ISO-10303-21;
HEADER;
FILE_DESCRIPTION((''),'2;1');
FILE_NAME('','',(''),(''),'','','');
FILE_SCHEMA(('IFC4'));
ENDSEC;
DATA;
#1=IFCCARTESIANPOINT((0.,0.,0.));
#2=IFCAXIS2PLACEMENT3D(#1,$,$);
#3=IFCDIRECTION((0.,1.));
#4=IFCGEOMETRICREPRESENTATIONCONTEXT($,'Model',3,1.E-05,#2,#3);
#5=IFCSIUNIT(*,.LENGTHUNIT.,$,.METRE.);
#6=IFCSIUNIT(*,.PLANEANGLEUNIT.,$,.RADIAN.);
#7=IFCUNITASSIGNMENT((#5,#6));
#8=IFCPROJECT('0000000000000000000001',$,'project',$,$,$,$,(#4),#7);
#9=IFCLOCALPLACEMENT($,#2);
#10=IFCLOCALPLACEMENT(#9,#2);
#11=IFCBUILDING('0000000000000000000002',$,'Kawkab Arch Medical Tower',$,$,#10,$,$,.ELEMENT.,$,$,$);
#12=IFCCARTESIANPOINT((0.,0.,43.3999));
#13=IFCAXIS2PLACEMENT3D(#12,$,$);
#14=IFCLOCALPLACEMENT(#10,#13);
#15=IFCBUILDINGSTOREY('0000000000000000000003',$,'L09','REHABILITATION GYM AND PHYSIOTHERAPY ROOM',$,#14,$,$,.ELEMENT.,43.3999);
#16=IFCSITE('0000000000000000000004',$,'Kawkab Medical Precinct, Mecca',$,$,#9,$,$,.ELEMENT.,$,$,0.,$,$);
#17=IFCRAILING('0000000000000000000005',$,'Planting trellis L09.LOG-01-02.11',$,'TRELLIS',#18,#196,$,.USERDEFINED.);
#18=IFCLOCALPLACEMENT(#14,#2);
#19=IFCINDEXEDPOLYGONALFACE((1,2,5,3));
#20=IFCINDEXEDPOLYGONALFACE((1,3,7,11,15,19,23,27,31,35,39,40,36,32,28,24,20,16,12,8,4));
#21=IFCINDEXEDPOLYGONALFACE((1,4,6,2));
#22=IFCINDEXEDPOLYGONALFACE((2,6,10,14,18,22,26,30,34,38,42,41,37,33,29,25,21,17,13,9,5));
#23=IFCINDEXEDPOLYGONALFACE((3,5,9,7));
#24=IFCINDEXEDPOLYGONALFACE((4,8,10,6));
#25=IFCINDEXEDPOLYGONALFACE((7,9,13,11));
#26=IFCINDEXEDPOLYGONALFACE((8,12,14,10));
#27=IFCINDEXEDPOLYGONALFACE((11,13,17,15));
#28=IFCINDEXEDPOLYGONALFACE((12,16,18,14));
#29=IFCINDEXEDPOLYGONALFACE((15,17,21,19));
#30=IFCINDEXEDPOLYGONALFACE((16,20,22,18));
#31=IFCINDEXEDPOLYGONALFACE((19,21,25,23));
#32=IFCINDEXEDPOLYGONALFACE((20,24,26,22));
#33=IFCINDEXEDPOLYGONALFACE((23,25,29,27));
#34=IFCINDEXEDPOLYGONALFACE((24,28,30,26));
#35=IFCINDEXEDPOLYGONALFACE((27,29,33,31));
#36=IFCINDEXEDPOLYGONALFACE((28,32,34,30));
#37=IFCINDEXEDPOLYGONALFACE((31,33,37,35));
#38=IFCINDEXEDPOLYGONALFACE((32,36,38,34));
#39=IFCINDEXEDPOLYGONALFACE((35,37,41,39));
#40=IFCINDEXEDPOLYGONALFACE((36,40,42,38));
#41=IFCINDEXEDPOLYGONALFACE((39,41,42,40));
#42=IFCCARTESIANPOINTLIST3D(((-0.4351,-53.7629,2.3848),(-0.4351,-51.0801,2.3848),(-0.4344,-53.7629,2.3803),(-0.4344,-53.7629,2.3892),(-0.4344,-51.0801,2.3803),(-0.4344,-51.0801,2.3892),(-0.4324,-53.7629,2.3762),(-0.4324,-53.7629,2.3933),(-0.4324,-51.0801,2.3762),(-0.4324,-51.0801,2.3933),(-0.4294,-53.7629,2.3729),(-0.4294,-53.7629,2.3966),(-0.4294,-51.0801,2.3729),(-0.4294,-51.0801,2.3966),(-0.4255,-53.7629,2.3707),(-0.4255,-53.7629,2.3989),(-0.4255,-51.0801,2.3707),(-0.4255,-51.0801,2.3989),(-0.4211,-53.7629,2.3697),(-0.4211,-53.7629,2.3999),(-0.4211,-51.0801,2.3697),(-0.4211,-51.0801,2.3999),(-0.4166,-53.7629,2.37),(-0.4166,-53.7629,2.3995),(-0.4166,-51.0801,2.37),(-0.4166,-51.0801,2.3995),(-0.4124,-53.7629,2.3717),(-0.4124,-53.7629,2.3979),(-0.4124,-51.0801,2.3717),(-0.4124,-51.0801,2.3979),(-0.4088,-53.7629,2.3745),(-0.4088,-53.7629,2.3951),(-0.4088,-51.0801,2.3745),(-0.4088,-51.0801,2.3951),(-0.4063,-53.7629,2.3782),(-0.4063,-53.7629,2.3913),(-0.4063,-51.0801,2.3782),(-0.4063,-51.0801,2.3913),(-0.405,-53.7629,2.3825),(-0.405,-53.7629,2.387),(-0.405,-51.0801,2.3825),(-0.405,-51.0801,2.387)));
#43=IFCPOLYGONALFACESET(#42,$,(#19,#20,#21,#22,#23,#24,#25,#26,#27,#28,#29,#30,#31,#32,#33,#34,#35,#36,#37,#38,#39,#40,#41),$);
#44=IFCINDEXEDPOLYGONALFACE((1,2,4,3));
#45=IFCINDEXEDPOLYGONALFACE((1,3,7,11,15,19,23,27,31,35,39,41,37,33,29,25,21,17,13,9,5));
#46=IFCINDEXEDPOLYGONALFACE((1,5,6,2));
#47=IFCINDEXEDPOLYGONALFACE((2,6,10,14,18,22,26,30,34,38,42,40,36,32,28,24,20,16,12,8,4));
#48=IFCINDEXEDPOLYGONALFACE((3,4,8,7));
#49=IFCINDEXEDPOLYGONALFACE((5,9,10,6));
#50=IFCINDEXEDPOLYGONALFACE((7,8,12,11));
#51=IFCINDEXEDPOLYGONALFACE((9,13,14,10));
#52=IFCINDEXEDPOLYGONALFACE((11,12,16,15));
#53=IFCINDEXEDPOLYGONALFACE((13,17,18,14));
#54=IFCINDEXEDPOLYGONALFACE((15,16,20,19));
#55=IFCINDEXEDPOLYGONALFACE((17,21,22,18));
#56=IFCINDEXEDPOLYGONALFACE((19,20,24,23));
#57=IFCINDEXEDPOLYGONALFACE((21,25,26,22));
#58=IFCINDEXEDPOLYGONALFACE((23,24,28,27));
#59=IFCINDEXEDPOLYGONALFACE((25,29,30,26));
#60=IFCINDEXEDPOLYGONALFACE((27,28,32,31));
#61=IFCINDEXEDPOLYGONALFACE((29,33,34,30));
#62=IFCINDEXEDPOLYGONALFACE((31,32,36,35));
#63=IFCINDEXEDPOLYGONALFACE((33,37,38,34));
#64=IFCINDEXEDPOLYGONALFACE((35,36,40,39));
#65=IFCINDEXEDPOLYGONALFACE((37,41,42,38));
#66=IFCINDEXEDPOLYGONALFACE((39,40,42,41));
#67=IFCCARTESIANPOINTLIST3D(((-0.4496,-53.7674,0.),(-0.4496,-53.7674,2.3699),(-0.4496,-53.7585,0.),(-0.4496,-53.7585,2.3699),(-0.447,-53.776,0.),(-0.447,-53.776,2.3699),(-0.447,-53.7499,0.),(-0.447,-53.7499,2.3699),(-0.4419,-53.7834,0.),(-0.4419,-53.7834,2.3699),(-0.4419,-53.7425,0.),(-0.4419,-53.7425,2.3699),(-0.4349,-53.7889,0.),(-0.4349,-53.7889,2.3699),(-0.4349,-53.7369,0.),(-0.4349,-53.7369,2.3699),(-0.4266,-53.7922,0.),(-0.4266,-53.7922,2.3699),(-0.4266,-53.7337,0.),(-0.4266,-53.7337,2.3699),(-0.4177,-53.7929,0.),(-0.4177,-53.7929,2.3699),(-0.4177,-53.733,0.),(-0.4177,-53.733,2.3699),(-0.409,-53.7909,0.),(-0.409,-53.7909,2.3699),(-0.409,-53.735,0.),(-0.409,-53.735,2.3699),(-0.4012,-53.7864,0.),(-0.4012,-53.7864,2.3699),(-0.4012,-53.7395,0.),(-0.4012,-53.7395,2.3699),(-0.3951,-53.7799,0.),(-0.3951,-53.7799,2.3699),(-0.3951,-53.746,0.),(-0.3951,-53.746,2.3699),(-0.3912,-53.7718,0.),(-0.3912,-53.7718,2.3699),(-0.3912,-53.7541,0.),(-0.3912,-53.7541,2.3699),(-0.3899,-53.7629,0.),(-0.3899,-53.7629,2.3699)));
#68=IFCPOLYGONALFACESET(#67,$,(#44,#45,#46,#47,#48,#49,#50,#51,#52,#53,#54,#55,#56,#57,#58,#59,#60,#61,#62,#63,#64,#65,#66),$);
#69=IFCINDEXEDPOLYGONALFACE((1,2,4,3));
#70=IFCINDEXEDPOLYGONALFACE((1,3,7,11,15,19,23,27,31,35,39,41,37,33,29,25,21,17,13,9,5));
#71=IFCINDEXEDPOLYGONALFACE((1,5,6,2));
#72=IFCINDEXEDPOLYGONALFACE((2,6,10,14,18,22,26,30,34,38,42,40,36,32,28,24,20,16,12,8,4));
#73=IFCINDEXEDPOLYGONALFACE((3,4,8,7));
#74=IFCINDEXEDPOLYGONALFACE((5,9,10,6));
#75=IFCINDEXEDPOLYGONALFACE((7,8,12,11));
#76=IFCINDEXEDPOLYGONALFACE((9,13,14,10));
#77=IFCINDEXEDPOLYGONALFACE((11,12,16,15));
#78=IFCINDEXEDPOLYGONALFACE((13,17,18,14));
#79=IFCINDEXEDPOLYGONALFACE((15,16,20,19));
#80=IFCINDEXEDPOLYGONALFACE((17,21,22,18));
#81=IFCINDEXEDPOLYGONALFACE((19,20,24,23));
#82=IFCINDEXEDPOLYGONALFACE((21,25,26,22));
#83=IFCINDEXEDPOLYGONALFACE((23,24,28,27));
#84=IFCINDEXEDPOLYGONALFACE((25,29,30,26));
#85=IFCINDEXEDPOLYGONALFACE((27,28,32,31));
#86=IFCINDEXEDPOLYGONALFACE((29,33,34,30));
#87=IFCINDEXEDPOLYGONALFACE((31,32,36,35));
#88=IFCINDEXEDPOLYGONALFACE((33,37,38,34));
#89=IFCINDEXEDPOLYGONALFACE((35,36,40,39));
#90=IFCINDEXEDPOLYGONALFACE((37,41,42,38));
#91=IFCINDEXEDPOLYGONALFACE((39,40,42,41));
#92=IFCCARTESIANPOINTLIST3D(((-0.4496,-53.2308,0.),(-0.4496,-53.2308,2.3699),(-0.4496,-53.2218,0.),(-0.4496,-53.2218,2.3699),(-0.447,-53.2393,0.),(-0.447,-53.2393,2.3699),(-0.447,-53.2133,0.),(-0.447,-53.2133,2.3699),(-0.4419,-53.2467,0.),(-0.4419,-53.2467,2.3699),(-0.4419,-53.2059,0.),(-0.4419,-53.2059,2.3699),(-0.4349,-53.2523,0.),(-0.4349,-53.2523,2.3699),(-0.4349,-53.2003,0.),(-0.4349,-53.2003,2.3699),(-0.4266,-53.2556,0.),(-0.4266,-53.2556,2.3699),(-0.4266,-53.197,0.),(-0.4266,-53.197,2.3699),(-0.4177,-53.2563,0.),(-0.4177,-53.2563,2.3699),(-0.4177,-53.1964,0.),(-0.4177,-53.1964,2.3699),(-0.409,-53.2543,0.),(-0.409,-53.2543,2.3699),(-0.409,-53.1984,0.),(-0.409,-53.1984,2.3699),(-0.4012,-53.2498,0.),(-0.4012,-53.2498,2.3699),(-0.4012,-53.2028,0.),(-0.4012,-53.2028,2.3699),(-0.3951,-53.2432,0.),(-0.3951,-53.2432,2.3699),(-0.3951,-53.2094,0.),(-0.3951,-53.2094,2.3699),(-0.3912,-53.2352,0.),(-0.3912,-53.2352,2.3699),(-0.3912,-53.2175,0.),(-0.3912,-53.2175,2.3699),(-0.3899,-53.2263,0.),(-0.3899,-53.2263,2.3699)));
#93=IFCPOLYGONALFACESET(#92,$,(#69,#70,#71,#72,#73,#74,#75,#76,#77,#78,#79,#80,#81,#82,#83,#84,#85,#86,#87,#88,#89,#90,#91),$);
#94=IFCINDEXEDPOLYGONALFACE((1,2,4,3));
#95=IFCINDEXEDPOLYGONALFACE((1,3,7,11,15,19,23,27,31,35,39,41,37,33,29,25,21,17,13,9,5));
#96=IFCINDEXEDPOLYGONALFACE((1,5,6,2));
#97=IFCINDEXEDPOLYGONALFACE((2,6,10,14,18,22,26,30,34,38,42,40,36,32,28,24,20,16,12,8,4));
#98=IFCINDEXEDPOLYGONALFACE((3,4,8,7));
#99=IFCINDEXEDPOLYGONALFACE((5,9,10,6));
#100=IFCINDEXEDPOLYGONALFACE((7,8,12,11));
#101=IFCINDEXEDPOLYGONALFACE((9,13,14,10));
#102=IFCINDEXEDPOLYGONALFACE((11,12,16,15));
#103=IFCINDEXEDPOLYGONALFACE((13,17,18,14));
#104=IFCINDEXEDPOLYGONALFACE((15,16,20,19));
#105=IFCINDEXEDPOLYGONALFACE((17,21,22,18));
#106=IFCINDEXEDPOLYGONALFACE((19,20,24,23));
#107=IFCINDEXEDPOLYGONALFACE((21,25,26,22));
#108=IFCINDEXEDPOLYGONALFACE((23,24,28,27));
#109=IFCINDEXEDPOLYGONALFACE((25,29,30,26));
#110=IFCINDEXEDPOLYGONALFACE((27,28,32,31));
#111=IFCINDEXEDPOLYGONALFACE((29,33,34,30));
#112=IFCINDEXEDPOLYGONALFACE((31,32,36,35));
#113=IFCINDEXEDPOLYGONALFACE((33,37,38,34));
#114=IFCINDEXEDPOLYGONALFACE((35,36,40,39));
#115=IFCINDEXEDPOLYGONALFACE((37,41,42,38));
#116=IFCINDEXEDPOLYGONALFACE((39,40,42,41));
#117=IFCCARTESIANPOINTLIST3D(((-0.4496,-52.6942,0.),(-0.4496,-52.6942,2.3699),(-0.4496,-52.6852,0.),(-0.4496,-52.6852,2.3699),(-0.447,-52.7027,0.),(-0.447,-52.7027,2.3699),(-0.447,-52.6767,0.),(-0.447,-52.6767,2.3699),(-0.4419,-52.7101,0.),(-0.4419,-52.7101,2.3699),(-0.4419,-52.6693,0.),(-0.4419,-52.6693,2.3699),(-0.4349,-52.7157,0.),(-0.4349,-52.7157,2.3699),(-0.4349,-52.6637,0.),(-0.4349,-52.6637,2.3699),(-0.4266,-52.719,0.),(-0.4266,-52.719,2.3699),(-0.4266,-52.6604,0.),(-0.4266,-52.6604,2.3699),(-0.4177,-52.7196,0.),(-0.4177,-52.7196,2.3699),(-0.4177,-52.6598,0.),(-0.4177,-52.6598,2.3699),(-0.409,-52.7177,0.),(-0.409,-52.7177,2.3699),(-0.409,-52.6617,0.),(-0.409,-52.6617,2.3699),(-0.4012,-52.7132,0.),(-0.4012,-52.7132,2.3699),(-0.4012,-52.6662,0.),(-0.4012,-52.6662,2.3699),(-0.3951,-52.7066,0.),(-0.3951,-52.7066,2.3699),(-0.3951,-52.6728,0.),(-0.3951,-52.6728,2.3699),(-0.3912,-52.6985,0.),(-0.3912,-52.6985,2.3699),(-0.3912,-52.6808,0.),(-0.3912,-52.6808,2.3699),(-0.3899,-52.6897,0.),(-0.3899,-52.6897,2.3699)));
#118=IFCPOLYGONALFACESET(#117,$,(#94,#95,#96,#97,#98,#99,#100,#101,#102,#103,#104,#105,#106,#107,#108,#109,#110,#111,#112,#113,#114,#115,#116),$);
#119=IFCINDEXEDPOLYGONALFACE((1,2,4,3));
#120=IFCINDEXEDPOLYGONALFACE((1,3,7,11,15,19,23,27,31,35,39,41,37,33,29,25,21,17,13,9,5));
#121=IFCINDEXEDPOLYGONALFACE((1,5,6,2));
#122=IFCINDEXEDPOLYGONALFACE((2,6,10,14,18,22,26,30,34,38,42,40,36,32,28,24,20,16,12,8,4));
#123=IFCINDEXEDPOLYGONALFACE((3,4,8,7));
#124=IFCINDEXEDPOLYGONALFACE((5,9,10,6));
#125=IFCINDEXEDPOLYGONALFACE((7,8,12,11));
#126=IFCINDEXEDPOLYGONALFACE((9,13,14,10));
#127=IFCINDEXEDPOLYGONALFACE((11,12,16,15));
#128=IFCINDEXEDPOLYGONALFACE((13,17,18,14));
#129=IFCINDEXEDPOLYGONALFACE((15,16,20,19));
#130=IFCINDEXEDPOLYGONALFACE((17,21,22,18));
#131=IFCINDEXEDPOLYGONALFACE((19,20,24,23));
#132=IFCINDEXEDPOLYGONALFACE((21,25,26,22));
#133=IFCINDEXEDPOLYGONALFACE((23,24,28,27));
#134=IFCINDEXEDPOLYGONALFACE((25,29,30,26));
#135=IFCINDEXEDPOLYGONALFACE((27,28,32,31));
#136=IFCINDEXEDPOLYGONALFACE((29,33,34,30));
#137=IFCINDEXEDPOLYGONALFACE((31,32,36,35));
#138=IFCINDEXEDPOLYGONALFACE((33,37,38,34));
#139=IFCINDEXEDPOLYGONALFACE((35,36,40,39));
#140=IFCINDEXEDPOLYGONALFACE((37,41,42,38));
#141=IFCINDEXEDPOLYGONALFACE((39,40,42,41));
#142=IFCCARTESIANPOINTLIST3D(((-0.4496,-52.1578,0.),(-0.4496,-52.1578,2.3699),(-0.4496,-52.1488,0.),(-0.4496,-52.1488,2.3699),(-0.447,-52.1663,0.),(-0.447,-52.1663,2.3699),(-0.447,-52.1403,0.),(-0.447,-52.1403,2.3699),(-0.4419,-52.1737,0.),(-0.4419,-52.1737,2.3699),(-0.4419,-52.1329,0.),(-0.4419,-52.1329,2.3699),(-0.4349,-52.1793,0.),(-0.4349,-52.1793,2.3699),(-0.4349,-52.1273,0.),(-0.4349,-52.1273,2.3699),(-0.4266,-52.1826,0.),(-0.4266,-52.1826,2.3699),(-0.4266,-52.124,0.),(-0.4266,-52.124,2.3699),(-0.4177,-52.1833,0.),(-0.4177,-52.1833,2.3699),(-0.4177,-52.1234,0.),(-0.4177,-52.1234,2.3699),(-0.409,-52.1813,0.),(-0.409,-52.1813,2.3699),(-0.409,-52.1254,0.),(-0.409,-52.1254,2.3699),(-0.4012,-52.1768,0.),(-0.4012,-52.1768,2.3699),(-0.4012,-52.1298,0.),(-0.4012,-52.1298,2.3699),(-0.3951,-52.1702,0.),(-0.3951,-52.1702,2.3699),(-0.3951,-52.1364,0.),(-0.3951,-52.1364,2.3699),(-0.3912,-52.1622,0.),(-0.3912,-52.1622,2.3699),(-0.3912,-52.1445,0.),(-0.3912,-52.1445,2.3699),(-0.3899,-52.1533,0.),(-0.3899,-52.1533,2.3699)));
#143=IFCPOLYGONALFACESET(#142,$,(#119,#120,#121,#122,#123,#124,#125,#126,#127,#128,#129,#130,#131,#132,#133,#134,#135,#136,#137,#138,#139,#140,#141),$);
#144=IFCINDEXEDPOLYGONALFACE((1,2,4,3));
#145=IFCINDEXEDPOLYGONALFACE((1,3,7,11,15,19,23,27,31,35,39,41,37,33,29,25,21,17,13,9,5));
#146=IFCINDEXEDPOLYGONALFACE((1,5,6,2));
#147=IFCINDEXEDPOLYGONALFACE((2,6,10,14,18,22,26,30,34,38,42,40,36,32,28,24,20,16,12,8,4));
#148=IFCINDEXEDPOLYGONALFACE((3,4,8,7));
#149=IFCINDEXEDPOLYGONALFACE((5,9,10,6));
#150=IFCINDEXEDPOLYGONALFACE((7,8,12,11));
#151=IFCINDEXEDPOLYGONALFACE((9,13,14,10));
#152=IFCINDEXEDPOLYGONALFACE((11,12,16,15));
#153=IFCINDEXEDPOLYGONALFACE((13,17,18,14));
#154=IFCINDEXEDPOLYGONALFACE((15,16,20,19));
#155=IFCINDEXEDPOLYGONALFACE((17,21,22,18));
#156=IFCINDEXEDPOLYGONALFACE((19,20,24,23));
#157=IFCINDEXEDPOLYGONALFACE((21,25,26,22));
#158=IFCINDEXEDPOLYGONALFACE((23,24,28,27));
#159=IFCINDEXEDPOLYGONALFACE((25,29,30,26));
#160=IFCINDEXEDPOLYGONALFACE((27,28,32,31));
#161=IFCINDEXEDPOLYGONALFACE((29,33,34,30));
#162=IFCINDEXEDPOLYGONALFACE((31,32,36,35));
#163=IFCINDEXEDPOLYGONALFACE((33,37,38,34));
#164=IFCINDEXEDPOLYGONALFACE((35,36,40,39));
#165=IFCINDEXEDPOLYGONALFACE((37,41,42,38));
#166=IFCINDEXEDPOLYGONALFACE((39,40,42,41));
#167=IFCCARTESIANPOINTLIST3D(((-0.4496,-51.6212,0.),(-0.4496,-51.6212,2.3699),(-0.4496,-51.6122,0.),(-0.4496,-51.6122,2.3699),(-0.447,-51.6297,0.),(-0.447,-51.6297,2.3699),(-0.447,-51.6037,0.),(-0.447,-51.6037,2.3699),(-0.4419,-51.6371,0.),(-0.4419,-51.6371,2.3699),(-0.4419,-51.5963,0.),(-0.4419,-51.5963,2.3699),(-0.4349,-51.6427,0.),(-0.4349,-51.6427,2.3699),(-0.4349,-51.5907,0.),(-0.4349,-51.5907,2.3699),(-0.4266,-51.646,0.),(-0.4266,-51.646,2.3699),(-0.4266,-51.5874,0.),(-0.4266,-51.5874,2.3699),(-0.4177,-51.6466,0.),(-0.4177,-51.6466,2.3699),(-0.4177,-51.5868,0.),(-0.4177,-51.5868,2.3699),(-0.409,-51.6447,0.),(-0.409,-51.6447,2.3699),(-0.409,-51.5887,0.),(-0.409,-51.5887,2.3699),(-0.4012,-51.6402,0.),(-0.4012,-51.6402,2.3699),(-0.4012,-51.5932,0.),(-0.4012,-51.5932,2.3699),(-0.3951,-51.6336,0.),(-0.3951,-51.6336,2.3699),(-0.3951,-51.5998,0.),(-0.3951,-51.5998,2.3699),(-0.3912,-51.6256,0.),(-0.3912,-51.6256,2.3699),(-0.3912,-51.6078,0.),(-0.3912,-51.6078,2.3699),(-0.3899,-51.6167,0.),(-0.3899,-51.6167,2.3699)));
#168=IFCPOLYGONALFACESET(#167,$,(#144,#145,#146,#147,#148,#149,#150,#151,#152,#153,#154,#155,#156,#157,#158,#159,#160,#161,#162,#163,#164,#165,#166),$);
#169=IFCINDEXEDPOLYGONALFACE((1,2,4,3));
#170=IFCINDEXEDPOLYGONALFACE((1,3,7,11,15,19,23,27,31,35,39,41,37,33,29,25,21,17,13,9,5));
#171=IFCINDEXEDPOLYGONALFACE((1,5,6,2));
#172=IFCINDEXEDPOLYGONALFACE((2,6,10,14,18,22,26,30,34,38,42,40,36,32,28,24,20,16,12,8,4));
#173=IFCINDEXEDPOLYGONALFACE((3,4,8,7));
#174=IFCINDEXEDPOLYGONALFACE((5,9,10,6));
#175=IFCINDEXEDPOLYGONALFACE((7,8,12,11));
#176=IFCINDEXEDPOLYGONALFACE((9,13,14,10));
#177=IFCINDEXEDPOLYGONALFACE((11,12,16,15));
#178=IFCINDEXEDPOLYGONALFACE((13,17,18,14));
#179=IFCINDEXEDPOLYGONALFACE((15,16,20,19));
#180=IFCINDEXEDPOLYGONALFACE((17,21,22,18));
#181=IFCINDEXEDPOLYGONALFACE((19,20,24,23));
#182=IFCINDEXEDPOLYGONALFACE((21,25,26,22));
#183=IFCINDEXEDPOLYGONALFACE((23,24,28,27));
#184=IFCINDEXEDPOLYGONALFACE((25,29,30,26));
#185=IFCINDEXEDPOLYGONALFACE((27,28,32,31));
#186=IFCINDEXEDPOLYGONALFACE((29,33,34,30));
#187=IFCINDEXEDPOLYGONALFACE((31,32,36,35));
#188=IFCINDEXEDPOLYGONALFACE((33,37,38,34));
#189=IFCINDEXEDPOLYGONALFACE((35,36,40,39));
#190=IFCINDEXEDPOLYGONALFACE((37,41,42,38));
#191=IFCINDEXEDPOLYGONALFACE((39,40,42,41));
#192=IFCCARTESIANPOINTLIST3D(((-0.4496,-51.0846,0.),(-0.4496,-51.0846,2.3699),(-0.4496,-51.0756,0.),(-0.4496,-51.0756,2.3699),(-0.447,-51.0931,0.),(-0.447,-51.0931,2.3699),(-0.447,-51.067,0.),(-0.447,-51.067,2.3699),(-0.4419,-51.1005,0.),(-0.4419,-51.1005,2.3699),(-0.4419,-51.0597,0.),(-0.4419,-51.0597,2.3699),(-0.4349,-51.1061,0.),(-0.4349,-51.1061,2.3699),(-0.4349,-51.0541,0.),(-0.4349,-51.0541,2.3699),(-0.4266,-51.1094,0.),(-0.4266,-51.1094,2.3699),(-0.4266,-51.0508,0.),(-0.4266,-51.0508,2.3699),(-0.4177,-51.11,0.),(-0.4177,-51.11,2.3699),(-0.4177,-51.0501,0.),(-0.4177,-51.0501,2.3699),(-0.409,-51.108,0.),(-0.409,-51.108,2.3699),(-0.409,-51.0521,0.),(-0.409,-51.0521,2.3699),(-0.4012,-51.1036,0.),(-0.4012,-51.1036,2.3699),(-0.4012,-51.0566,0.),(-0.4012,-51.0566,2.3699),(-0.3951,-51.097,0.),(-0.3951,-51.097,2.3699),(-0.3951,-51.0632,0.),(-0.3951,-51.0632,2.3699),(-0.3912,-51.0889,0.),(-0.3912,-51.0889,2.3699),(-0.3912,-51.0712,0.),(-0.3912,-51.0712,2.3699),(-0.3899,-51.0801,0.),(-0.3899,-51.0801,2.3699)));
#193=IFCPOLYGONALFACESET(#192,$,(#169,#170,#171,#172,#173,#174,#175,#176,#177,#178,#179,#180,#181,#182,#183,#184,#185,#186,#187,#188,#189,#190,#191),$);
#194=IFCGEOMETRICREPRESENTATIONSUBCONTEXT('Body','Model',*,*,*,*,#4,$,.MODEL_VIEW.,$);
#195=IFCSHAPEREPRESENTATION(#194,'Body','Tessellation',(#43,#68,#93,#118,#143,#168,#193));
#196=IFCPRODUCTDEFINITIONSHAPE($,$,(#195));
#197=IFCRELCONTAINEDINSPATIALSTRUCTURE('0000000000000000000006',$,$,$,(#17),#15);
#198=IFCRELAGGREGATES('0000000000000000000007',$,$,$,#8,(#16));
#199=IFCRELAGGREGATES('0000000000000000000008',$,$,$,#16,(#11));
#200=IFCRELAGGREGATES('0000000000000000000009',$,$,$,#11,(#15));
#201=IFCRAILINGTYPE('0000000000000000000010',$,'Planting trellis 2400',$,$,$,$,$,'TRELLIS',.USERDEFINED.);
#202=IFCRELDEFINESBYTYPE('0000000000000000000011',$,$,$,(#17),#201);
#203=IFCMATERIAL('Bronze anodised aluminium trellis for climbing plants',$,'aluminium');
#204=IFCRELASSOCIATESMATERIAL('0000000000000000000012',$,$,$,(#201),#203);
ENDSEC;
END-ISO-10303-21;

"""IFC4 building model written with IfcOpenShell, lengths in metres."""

from ifc_helpers import new_model, si_unit, direction, frame, origin, origin_2d, place, context, subcontext, project, spatial, circle, extrude, material, type_object, element, save


model = new_model("IFC4")

# Units and contexts
model_context = context("Model", 3, precision=1e-05, world=origin(), true_north=direction((0.0, 1.0)))
body_context = subcontext(model_context, "Body", "Model", "MODEL_VIEW")
ifc_project = project(units=[si_unit("LENGTHUNIT", "METRE"), si_unit("PLANEANGLEUNIT", "RADIAN")], contexts=[model_context])

# Site, building, storey
site_placement = place(None, origin())
site = spatial("IfcSite", under=ifc_project, at=site_placement, Name="Kawkab Medical Precinct, Mecca", CompositionType="ELEMENT", RefElevation=0.0)
building_placement = place(site_placement, origin())
building = spatial("IfcBuilding", under=site, at=building_placement, Name="Kawkab Arch Medical Tower", CompositionType="ELEMENT")
storey_placement = place(building_placement, frame((0.0, 0.0, 43.3999)))
storey = spatial("IfcBuildingStorey", under=building, at=storey_placement, Name="L09", Description="REHABILITATION GYM AND PHYSIOTHERAPY ROOM", CompositionType="ELEMENT", Elevation=43.3999)

# Railing
ifc_material_1 = material(Name="Bronze anodised aluminium trellis for climbing plants", Category="aluminium")
railing_type = type_object("IfcRailingType", Name="Planting trellis 2400", ElementType="TRELLIS", PredefinedType="USERDEFINED", material=ifc_material_1)
railing_1_placement = place(storey_placement, frame((-0.4199, -53.7629, 0.0)))
element("IfcRailing", 1, at=railing_1_placement, inside=storey, type_object=railing_type, Name="Planting trellis L09.LOG-01-02.11", ObjectType="TRELLIS", PredefinedType="USERDEFINED", context=body_context, shape_type="SweptSolid", body=[
    extrude(circle(Radius=0.0151, at=origin_2d()), frame((0.0, 0.0, 2.3848), z_axis=(0.0, 1.0, 0.0), x_axis=(-1.0, 0.0, 0.0)), (0.0, 0.0, 1.0), 2.6829),
    extrude(circle(Radius=0.03, at=origin_2d()), origin(), (0.0, 0.0, 1.0), 2.3699),
    extrude(circle(Radius=0.03, at=origin_2d()), frame((0.0, 0.5366, 0.0)), (0.0, 0.0, 1.0), 2.3699),
    extrude(circle(Radius=0.03, at=origin_2d()), frame((0.0, 1.0732, 0.0)), (0.0, 0.0, 1.0), 2.3699),
    extrude(circle(Radius=0.03, at=origin_2d()), frame((0.0, 1.6096, 0.0)), (0.0, 0.0, 1.0), 2.3699),
    extrude(circle(Radius=0.03, at=origin_2d()), frame((0.0, 2.1462, 0.0)), (0.0, 0.0, 1.0), 2.3699),
    extrude(circle(Radius=0.03, at=origin_2d()), frame((0.0, 2.6829, 0.0)), (0.0, 0.0, 1.0), 2.3699),
])

save(model, "model.ifc")
